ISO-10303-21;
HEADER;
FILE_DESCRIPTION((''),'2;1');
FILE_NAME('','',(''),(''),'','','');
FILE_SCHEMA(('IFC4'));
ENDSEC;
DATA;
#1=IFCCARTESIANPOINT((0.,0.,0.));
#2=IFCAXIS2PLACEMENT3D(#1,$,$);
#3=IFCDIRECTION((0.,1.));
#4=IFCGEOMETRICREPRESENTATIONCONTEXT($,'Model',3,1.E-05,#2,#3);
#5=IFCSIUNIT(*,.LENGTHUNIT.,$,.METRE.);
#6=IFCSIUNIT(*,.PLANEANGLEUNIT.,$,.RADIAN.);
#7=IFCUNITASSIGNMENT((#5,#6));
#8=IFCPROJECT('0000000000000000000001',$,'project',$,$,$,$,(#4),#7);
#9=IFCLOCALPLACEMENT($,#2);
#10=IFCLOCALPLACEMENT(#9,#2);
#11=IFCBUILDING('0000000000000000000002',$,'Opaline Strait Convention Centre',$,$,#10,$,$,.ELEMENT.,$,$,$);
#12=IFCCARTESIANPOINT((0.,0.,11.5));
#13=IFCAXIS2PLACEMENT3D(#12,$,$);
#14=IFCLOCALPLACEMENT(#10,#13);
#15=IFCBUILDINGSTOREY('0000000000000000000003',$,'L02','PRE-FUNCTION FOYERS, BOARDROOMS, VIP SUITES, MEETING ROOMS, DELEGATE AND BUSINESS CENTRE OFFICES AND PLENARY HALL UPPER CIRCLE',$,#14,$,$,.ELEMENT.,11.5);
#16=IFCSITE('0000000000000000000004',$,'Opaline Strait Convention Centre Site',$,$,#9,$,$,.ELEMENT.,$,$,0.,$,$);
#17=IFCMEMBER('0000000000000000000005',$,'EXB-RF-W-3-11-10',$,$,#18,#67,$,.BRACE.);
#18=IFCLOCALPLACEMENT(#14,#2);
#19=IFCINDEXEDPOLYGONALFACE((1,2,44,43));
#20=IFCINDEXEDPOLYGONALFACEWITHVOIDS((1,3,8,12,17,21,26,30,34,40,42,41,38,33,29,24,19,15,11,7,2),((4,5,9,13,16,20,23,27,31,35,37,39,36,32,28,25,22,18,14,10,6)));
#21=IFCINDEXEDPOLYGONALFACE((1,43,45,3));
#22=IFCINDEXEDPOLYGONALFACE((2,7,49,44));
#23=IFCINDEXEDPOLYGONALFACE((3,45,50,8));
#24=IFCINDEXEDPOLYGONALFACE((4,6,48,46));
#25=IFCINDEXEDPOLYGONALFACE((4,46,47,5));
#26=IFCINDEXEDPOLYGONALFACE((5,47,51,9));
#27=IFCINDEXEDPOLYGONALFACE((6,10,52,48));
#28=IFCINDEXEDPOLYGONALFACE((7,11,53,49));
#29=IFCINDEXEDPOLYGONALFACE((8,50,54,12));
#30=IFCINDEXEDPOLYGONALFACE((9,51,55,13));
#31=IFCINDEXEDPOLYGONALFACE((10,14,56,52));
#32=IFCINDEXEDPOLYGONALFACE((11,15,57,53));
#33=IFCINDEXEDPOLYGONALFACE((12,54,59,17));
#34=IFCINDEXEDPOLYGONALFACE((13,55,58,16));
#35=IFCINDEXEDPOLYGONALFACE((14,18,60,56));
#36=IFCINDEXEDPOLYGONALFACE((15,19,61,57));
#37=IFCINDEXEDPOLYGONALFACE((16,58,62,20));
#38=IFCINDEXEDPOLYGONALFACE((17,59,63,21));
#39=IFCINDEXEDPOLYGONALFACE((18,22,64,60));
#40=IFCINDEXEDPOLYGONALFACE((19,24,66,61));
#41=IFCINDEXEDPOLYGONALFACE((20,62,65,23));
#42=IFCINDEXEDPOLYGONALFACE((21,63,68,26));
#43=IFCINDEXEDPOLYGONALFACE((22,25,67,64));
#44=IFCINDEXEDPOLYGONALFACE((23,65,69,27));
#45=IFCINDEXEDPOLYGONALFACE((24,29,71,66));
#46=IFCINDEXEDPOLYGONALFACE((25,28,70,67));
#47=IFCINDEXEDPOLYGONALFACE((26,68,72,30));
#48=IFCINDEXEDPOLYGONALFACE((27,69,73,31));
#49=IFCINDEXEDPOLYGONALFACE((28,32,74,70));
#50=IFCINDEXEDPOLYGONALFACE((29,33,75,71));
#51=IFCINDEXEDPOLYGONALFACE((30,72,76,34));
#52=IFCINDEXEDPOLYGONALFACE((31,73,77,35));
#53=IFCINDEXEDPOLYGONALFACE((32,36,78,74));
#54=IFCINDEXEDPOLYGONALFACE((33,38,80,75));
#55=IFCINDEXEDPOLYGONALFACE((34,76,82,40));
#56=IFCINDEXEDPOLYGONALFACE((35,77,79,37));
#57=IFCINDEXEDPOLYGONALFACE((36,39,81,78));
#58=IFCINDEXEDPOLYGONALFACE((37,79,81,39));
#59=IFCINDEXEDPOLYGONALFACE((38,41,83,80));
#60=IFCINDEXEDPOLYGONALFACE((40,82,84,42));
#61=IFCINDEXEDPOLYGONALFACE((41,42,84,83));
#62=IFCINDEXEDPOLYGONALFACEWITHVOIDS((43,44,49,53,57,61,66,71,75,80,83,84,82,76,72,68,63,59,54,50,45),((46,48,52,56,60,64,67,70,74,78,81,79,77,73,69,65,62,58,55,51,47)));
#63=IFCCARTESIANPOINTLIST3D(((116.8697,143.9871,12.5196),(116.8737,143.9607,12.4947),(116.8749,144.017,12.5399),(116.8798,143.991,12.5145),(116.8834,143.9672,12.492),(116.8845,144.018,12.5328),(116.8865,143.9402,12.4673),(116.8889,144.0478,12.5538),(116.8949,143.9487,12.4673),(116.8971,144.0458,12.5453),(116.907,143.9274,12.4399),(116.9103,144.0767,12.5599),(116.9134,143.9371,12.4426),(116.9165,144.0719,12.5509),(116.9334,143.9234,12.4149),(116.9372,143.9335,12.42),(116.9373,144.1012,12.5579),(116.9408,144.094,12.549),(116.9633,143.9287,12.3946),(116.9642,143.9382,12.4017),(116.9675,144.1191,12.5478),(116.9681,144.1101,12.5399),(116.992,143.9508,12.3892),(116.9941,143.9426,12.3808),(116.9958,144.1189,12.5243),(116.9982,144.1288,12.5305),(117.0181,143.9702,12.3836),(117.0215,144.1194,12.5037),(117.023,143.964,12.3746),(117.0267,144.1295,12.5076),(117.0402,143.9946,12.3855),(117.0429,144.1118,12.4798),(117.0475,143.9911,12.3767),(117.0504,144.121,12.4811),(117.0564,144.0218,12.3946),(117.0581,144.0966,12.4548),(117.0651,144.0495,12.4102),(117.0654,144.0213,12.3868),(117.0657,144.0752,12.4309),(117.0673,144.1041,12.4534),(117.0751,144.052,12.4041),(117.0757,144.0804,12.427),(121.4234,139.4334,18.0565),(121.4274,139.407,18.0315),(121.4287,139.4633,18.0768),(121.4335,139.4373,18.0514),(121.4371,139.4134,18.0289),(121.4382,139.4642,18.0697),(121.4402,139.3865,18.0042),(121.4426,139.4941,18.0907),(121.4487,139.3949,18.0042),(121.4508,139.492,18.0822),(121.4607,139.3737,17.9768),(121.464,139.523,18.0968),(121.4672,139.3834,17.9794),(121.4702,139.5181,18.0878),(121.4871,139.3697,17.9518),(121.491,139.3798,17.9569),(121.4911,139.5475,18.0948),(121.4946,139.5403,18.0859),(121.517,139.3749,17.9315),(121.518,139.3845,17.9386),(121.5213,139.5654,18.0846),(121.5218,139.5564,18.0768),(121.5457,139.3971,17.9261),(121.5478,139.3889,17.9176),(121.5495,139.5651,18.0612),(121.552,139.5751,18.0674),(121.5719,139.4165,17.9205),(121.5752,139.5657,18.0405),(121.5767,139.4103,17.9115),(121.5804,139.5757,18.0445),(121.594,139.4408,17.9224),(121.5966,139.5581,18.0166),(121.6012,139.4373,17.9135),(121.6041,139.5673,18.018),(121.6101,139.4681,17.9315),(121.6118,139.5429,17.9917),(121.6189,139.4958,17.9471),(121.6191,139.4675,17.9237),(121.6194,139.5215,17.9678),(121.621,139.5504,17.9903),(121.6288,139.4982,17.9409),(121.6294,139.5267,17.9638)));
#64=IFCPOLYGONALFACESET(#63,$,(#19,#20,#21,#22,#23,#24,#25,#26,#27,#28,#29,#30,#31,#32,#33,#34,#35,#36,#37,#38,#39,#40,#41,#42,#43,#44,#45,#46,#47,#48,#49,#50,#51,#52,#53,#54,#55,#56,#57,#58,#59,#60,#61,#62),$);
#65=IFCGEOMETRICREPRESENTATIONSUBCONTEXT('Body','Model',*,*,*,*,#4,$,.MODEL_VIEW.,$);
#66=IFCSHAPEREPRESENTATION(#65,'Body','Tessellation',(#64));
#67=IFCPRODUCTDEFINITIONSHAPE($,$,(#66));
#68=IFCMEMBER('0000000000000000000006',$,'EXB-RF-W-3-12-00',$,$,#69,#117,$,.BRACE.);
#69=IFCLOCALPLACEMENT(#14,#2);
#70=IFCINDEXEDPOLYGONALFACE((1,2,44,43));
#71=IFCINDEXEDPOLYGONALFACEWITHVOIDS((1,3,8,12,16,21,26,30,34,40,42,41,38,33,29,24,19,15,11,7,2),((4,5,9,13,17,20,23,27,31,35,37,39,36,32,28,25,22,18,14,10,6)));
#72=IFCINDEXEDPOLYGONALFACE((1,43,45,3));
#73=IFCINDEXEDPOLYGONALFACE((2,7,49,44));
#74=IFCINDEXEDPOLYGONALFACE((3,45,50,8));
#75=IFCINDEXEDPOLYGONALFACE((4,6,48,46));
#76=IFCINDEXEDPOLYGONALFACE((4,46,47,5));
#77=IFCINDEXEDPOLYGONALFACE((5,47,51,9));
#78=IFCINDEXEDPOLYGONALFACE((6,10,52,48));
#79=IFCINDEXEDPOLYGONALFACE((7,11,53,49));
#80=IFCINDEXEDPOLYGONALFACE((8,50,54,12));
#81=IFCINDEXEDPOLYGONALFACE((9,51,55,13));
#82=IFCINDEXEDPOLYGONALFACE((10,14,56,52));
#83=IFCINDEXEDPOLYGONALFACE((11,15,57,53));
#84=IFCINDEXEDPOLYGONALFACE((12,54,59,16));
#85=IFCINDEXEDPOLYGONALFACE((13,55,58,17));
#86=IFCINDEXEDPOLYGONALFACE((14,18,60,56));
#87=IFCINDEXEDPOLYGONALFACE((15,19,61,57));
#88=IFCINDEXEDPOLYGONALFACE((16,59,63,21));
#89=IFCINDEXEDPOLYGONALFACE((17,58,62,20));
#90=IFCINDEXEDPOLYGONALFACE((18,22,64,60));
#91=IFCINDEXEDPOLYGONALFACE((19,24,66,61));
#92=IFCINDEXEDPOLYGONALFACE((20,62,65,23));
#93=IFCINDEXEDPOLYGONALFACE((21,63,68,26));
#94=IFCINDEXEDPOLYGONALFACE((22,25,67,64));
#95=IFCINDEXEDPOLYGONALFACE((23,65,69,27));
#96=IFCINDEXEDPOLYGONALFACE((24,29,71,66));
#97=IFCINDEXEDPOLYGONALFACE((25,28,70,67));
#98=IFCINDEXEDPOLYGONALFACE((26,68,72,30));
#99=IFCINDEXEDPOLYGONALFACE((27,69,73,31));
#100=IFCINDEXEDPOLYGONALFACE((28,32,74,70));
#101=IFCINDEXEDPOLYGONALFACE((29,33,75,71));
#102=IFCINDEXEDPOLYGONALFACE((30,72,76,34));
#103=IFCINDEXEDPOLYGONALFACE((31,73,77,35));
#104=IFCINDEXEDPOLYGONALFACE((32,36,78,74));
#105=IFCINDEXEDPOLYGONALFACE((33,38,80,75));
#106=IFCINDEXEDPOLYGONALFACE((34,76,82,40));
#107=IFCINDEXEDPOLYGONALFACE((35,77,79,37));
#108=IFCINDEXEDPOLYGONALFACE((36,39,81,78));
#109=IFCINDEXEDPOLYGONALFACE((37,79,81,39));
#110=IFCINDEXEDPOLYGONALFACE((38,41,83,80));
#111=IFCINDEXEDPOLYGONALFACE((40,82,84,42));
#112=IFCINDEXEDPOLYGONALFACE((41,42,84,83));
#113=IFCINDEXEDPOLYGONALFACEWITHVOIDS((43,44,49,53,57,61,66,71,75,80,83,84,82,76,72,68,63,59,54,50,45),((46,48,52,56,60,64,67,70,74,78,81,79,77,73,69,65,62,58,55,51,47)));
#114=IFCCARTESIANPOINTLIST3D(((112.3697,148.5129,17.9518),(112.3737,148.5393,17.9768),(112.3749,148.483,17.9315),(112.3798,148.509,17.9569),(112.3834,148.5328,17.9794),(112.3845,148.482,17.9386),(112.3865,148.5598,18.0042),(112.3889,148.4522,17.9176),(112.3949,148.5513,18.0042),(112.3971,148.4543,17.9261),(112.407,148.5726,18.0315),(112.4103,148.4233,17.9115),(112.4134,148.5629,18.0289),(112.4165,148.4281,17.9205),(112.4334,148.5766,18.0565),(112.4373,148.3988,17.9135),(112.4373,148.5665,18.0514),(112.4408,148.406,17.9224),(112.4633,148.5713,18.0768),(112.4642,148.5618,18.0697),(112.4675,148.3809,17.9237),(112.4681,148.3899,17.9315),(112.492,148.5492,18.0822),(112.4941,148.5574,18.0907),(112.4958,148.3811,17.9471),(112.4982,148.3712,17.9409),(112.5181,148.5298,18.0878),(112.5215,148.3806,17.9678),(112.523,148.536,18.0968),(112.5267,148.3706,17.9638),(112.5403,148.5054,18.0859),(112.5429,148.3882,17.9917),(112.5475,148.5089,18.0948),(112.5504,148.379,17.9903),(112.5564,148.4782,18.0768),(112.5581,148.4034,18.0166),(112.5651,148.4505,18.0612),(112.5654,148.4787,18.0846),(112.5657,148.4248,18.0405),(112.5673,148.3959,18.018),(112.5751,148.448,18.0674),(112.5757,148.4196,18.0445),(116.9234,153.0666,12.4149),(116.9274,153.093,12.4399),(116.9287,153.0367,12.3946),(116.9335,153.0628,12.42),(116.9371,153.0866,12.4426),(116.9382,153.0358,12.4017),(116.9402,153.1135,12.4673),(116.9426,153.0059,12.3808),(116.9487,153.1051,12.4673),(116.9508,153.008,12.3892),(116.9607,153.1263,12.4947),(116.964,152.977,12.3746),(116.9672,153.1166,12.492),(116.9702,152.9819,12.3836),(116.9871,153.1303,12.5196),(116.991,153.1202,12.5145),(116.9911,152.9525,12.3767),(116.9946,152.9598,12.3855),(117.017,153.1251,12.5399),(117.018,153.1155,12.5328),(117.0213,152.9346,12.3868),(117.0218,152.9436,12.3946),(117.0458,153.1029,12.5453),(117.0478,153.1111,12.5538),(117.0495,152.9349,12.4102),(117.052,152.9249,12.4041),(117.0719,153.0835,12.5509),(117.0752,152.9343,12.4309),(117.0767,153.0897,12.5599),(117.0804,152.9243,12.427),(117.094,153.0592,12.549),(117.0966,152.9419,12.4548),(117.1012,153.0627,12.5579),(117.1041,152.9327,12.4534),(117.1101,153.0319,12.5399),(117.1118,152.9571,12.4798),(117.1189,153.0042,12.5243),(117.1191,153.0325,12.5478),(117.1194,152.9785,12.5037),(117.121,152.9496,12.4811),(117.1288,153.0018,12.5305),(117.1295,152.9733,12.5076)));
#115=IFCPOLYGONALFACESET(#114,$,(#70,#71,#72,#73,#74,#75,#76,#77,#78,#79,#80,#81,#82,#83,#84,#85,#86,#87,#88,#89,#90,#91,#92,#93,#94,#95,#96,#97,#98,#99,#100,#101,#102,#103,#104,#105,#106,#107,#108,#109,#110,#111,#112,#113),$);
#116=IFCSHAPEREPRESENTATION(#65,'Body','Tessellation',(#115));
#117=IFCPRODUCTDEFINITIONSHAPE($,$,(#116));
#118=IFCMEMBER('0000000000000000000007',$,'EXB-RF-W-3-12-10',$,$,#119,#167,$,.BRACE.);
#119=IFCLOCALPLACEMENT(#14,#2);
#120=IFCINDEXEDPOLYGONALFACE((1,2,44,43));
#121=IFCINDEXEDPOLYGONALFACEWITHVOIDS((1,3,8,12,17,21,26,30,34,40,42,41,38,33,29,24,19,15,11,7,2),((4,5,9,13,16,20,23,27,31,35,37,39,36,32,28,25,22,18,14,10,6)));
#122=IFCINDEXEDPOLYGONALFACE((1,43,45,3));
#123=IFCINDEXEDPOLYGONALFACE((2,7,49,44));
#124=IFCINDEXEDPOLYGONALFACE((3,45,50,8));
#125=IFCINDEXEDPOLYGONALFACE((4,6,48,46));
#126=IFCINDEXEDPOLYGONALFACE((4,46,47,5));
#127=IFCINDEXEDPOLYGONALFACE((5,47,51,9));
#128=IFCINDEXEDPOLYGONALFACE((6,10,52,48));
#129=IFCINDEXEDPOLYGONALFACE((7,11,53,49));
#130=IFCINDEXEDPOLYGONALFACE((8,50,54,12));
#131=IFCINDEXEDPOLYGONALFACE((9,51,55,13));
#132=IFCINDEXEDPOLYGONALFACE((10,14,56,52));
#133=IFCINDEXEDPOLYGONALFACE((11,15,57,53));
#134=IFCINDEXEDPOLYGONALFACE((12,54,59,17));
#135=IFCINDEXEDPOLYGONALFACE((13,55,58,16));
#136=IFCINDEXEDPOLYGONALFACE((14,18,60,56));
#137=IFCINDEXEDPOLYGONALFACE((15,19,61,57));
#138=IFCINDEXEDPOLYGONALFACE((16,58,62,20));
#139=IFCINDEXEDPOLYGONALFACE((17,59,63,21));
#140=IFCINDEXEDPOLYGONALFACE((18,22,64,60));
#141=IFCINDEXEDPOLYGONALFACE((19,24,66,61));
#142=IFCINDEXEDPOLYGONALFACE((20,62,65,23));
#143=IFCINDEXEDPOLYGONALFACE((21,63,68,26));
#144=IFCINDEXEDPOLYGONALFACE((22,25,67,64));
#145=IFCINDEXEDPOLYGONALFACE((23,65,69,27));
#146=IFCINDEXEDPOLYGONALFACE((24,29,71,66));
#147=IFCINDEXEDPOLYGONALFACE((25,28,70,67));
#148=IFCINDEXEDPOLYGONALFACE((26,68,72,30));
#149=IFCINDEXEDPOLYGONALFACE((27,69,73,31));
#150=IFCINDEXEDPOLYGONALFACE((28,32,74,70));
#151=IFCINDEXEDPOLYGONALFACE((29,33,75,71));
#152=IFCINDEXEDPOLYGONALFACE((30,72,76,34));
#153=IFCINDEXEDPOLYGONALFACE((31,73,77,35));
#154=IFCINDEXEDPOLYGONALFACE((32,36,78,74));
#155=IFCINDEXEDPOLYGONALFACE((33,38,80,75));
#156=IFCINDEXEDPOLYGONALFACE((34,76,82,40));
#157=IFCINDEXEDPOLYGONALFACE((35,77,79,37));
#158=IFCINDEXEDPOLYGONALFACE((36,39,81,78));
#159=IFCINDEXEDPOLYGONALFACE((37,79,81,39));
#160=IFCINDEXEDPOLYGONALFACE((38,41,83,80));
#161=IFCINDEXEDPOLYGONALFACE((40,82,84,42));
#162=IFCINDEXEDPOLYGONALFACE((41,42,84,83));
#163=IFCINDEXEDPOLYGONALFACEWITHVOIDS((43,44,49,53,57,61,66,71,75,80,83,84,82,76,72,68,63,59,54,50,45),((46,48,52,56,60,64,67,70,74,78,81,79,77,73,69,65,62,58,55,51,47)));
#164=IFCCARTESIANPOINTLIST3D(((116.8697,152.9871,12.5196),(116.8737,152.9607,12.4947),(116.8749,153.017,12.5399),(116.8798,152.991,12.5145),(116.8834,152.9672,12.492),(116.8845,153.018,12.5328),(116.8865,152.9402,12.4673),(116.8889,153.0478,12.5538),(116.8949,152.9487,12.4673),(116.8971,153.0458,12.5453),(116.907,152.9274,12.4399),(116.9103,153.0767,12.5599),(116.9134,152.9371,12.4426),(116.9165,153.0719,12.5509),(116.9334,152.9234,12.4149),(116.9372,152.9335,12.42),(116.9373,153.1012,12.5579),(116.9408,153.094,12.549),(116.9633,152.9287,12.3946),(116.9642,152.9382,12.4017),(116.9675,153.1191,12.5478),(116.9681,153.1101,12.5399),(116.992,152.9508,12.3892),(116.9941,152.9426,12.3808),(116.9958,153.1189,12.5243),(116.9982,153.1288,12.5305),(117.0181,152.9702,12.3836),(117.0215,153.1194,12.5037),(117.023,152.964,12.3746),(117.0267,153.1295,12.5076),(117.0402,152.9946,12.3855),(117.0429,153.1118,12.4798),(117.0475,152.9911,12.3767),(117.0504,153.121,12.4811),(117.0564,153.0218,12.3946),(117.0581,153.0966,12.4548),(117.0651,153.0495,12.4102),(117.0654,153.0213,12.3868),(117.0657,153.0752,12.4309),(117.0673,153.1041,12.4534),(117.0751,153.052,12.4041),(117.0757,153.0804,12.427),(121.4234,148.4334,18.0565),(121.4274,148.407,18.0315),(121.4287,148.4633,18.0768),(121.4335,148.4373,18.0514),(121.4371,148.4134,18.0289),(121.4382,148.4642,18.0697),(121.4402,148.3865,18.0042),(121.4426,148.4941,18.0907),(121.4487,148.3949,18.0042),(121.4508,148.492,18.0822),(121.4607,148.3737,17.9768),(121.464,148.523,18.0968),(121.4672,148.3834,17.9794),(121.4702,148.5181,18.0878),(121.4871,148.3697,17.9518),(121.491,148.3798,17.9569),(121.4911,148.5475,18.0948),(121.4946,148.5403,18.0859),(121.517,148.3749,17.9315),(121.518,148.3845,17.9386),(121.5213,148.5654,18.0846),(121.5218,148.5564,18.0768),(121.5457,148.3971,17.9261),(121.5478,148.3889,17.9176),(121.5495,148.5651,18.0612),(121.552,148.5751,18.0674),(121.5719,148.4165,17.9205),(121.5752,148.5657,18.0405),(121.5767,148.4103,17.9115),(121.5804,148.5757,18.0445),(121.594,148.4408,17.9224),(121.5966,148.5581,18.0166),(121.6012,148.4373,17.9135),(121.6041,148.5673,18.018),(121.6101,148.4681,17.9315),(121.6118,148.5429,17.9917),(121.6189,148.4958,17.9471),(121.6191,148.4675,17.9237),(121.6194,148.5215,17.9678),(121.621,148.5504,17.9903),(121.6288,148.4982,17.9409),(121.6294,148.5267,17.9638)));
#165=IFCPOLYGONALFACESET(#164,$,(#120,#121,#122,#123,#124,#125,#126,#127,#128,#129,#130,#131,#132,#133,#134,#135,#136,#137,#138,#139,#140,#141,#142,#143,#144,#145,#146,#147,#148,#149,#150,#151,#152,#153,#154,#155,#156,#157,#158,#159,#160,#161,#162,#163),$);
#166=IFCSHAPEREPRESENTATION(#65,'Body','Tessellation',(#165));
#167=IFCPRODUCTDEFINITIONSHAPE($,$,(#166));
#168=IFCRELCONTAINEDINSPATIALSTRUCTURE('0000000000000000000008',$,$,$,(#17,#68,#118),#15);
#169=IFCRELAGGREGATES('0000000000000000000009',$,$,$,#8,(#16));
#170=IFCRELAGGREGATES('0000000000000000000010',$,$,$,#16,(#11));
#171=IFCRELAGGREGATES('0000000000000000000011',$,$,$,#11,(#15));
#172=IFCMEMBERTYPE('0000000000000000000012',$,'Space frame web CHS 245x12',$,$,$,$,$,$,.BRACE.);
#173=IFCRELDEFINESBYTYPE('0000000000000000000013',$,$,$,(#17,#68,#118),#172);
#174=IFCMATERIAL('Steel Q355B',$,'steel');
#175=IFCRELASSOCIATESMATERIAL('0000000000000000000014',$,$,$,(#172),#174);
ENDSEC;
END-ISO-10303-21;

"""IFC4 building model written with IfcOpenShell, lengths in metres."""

from ifc_helpers import new_model, si_unit, direction, frame, origin, origin_2d, place, context, subcontext, project, spatial, hollow_circle, extrude, material, material_profile, profile_set, type_object, element, save


model = new_model("IFC4")

# Units and contexts
model_context = context("Model", 3, precision=1e-05, world=origin(), true_north=direction((0.0, 1.0)))
body_context = subcontext(model_context, "Body", "Model", "MODEL_VIEW")
ifc_project = project(units=[si_unit("LENGTHUNIT", "METRE"), si_unit("PLANEANGLEUNIT", "RADIAN")], contexts=[model_context])

# Site, building, storey
site_placement = place(None, origin())
site = spatial("IfcSite", under=ifc_project, at=site_placement, Name="Opaline Strait Convention Centre Site", CompositionType="ELEMENT", RefElevation=0.0)
building_placement = place(site_placement, origin())
building = spatial("IfcBuilding", under=site, at=building_placement, Name="Opaline Strait Convention Centre", CompositionType="ELEMENT")
storey_placement = place(building_placement, frame((0.0, 0.0, 11.5)))
storey = spatial("IfcBuildingStorey", under=building, at=storey_placement, Name="L02", Description="PRE-FUNCTION FOYERS, BOARDROOMS, VIP SUITES, MEETING ROOMS, DELEGATE AND BUSINESS CENTRE OFFICES AND PLENARY HALL UPPER CIRCLE", CompositionType="ELEMENT", Elevation=11.5)

# Members
ifc_material = material(Name="Steel Q355B", Category="steel")
ifc_material_profile_1 = material_profile(ifc_material, hollow_circle(Radius=0.1226, WallThickness=0.012, at=origin_2d()), Name="CHS 245x12")
ifc_profile_set_1 = profile_set([ifc_material_profile_1], Name="Steel Q355B")
member_type_1 = type_object("IfcMemberType", Name="Space frame web CHS 245x12", PredefinedType="BRACE", material=ifc_profile_set_1)
for number, where, z_axis, x_axis, name in (
    (1, (121.5269, 139.4731, 18.0042), (-0.536178, 0.536178, -0.65194), (-0.707107, -0.707107, 0.0), "EXB-RF-W-3-11-10"),
    (2, (112.4731, 148.4731, 18.0042), (0.536178, 0.536178, -0.65194), (-0.707107, 0.707107, 0.0), "EXB-RF-W-3-12-00"),
    (3, (121.5269, 148.4731, 18.0042), (-0.536178, 0.536178, -0.65194), (-0.707107, -0.707107, 0.0), "EXB-RF-W-3-12-10"),
):
    element("IfcMember", number, at=place(storey_placement, frame(where, z_axis=z_axis, x_axis=x_axis)), inside=storey, type_object=member_type_1, Name=name, PredefinedType="BRACE", context=body_context, shape_type="SweptSolid", body=[
        extrude(hollow_circle(Radius=0.1226, WallThickness=0.012, at=origin_2d()), origin(), (0.0, 0.0, 1.0), 8.4929),
    ])

save(model, "model.ifc")
